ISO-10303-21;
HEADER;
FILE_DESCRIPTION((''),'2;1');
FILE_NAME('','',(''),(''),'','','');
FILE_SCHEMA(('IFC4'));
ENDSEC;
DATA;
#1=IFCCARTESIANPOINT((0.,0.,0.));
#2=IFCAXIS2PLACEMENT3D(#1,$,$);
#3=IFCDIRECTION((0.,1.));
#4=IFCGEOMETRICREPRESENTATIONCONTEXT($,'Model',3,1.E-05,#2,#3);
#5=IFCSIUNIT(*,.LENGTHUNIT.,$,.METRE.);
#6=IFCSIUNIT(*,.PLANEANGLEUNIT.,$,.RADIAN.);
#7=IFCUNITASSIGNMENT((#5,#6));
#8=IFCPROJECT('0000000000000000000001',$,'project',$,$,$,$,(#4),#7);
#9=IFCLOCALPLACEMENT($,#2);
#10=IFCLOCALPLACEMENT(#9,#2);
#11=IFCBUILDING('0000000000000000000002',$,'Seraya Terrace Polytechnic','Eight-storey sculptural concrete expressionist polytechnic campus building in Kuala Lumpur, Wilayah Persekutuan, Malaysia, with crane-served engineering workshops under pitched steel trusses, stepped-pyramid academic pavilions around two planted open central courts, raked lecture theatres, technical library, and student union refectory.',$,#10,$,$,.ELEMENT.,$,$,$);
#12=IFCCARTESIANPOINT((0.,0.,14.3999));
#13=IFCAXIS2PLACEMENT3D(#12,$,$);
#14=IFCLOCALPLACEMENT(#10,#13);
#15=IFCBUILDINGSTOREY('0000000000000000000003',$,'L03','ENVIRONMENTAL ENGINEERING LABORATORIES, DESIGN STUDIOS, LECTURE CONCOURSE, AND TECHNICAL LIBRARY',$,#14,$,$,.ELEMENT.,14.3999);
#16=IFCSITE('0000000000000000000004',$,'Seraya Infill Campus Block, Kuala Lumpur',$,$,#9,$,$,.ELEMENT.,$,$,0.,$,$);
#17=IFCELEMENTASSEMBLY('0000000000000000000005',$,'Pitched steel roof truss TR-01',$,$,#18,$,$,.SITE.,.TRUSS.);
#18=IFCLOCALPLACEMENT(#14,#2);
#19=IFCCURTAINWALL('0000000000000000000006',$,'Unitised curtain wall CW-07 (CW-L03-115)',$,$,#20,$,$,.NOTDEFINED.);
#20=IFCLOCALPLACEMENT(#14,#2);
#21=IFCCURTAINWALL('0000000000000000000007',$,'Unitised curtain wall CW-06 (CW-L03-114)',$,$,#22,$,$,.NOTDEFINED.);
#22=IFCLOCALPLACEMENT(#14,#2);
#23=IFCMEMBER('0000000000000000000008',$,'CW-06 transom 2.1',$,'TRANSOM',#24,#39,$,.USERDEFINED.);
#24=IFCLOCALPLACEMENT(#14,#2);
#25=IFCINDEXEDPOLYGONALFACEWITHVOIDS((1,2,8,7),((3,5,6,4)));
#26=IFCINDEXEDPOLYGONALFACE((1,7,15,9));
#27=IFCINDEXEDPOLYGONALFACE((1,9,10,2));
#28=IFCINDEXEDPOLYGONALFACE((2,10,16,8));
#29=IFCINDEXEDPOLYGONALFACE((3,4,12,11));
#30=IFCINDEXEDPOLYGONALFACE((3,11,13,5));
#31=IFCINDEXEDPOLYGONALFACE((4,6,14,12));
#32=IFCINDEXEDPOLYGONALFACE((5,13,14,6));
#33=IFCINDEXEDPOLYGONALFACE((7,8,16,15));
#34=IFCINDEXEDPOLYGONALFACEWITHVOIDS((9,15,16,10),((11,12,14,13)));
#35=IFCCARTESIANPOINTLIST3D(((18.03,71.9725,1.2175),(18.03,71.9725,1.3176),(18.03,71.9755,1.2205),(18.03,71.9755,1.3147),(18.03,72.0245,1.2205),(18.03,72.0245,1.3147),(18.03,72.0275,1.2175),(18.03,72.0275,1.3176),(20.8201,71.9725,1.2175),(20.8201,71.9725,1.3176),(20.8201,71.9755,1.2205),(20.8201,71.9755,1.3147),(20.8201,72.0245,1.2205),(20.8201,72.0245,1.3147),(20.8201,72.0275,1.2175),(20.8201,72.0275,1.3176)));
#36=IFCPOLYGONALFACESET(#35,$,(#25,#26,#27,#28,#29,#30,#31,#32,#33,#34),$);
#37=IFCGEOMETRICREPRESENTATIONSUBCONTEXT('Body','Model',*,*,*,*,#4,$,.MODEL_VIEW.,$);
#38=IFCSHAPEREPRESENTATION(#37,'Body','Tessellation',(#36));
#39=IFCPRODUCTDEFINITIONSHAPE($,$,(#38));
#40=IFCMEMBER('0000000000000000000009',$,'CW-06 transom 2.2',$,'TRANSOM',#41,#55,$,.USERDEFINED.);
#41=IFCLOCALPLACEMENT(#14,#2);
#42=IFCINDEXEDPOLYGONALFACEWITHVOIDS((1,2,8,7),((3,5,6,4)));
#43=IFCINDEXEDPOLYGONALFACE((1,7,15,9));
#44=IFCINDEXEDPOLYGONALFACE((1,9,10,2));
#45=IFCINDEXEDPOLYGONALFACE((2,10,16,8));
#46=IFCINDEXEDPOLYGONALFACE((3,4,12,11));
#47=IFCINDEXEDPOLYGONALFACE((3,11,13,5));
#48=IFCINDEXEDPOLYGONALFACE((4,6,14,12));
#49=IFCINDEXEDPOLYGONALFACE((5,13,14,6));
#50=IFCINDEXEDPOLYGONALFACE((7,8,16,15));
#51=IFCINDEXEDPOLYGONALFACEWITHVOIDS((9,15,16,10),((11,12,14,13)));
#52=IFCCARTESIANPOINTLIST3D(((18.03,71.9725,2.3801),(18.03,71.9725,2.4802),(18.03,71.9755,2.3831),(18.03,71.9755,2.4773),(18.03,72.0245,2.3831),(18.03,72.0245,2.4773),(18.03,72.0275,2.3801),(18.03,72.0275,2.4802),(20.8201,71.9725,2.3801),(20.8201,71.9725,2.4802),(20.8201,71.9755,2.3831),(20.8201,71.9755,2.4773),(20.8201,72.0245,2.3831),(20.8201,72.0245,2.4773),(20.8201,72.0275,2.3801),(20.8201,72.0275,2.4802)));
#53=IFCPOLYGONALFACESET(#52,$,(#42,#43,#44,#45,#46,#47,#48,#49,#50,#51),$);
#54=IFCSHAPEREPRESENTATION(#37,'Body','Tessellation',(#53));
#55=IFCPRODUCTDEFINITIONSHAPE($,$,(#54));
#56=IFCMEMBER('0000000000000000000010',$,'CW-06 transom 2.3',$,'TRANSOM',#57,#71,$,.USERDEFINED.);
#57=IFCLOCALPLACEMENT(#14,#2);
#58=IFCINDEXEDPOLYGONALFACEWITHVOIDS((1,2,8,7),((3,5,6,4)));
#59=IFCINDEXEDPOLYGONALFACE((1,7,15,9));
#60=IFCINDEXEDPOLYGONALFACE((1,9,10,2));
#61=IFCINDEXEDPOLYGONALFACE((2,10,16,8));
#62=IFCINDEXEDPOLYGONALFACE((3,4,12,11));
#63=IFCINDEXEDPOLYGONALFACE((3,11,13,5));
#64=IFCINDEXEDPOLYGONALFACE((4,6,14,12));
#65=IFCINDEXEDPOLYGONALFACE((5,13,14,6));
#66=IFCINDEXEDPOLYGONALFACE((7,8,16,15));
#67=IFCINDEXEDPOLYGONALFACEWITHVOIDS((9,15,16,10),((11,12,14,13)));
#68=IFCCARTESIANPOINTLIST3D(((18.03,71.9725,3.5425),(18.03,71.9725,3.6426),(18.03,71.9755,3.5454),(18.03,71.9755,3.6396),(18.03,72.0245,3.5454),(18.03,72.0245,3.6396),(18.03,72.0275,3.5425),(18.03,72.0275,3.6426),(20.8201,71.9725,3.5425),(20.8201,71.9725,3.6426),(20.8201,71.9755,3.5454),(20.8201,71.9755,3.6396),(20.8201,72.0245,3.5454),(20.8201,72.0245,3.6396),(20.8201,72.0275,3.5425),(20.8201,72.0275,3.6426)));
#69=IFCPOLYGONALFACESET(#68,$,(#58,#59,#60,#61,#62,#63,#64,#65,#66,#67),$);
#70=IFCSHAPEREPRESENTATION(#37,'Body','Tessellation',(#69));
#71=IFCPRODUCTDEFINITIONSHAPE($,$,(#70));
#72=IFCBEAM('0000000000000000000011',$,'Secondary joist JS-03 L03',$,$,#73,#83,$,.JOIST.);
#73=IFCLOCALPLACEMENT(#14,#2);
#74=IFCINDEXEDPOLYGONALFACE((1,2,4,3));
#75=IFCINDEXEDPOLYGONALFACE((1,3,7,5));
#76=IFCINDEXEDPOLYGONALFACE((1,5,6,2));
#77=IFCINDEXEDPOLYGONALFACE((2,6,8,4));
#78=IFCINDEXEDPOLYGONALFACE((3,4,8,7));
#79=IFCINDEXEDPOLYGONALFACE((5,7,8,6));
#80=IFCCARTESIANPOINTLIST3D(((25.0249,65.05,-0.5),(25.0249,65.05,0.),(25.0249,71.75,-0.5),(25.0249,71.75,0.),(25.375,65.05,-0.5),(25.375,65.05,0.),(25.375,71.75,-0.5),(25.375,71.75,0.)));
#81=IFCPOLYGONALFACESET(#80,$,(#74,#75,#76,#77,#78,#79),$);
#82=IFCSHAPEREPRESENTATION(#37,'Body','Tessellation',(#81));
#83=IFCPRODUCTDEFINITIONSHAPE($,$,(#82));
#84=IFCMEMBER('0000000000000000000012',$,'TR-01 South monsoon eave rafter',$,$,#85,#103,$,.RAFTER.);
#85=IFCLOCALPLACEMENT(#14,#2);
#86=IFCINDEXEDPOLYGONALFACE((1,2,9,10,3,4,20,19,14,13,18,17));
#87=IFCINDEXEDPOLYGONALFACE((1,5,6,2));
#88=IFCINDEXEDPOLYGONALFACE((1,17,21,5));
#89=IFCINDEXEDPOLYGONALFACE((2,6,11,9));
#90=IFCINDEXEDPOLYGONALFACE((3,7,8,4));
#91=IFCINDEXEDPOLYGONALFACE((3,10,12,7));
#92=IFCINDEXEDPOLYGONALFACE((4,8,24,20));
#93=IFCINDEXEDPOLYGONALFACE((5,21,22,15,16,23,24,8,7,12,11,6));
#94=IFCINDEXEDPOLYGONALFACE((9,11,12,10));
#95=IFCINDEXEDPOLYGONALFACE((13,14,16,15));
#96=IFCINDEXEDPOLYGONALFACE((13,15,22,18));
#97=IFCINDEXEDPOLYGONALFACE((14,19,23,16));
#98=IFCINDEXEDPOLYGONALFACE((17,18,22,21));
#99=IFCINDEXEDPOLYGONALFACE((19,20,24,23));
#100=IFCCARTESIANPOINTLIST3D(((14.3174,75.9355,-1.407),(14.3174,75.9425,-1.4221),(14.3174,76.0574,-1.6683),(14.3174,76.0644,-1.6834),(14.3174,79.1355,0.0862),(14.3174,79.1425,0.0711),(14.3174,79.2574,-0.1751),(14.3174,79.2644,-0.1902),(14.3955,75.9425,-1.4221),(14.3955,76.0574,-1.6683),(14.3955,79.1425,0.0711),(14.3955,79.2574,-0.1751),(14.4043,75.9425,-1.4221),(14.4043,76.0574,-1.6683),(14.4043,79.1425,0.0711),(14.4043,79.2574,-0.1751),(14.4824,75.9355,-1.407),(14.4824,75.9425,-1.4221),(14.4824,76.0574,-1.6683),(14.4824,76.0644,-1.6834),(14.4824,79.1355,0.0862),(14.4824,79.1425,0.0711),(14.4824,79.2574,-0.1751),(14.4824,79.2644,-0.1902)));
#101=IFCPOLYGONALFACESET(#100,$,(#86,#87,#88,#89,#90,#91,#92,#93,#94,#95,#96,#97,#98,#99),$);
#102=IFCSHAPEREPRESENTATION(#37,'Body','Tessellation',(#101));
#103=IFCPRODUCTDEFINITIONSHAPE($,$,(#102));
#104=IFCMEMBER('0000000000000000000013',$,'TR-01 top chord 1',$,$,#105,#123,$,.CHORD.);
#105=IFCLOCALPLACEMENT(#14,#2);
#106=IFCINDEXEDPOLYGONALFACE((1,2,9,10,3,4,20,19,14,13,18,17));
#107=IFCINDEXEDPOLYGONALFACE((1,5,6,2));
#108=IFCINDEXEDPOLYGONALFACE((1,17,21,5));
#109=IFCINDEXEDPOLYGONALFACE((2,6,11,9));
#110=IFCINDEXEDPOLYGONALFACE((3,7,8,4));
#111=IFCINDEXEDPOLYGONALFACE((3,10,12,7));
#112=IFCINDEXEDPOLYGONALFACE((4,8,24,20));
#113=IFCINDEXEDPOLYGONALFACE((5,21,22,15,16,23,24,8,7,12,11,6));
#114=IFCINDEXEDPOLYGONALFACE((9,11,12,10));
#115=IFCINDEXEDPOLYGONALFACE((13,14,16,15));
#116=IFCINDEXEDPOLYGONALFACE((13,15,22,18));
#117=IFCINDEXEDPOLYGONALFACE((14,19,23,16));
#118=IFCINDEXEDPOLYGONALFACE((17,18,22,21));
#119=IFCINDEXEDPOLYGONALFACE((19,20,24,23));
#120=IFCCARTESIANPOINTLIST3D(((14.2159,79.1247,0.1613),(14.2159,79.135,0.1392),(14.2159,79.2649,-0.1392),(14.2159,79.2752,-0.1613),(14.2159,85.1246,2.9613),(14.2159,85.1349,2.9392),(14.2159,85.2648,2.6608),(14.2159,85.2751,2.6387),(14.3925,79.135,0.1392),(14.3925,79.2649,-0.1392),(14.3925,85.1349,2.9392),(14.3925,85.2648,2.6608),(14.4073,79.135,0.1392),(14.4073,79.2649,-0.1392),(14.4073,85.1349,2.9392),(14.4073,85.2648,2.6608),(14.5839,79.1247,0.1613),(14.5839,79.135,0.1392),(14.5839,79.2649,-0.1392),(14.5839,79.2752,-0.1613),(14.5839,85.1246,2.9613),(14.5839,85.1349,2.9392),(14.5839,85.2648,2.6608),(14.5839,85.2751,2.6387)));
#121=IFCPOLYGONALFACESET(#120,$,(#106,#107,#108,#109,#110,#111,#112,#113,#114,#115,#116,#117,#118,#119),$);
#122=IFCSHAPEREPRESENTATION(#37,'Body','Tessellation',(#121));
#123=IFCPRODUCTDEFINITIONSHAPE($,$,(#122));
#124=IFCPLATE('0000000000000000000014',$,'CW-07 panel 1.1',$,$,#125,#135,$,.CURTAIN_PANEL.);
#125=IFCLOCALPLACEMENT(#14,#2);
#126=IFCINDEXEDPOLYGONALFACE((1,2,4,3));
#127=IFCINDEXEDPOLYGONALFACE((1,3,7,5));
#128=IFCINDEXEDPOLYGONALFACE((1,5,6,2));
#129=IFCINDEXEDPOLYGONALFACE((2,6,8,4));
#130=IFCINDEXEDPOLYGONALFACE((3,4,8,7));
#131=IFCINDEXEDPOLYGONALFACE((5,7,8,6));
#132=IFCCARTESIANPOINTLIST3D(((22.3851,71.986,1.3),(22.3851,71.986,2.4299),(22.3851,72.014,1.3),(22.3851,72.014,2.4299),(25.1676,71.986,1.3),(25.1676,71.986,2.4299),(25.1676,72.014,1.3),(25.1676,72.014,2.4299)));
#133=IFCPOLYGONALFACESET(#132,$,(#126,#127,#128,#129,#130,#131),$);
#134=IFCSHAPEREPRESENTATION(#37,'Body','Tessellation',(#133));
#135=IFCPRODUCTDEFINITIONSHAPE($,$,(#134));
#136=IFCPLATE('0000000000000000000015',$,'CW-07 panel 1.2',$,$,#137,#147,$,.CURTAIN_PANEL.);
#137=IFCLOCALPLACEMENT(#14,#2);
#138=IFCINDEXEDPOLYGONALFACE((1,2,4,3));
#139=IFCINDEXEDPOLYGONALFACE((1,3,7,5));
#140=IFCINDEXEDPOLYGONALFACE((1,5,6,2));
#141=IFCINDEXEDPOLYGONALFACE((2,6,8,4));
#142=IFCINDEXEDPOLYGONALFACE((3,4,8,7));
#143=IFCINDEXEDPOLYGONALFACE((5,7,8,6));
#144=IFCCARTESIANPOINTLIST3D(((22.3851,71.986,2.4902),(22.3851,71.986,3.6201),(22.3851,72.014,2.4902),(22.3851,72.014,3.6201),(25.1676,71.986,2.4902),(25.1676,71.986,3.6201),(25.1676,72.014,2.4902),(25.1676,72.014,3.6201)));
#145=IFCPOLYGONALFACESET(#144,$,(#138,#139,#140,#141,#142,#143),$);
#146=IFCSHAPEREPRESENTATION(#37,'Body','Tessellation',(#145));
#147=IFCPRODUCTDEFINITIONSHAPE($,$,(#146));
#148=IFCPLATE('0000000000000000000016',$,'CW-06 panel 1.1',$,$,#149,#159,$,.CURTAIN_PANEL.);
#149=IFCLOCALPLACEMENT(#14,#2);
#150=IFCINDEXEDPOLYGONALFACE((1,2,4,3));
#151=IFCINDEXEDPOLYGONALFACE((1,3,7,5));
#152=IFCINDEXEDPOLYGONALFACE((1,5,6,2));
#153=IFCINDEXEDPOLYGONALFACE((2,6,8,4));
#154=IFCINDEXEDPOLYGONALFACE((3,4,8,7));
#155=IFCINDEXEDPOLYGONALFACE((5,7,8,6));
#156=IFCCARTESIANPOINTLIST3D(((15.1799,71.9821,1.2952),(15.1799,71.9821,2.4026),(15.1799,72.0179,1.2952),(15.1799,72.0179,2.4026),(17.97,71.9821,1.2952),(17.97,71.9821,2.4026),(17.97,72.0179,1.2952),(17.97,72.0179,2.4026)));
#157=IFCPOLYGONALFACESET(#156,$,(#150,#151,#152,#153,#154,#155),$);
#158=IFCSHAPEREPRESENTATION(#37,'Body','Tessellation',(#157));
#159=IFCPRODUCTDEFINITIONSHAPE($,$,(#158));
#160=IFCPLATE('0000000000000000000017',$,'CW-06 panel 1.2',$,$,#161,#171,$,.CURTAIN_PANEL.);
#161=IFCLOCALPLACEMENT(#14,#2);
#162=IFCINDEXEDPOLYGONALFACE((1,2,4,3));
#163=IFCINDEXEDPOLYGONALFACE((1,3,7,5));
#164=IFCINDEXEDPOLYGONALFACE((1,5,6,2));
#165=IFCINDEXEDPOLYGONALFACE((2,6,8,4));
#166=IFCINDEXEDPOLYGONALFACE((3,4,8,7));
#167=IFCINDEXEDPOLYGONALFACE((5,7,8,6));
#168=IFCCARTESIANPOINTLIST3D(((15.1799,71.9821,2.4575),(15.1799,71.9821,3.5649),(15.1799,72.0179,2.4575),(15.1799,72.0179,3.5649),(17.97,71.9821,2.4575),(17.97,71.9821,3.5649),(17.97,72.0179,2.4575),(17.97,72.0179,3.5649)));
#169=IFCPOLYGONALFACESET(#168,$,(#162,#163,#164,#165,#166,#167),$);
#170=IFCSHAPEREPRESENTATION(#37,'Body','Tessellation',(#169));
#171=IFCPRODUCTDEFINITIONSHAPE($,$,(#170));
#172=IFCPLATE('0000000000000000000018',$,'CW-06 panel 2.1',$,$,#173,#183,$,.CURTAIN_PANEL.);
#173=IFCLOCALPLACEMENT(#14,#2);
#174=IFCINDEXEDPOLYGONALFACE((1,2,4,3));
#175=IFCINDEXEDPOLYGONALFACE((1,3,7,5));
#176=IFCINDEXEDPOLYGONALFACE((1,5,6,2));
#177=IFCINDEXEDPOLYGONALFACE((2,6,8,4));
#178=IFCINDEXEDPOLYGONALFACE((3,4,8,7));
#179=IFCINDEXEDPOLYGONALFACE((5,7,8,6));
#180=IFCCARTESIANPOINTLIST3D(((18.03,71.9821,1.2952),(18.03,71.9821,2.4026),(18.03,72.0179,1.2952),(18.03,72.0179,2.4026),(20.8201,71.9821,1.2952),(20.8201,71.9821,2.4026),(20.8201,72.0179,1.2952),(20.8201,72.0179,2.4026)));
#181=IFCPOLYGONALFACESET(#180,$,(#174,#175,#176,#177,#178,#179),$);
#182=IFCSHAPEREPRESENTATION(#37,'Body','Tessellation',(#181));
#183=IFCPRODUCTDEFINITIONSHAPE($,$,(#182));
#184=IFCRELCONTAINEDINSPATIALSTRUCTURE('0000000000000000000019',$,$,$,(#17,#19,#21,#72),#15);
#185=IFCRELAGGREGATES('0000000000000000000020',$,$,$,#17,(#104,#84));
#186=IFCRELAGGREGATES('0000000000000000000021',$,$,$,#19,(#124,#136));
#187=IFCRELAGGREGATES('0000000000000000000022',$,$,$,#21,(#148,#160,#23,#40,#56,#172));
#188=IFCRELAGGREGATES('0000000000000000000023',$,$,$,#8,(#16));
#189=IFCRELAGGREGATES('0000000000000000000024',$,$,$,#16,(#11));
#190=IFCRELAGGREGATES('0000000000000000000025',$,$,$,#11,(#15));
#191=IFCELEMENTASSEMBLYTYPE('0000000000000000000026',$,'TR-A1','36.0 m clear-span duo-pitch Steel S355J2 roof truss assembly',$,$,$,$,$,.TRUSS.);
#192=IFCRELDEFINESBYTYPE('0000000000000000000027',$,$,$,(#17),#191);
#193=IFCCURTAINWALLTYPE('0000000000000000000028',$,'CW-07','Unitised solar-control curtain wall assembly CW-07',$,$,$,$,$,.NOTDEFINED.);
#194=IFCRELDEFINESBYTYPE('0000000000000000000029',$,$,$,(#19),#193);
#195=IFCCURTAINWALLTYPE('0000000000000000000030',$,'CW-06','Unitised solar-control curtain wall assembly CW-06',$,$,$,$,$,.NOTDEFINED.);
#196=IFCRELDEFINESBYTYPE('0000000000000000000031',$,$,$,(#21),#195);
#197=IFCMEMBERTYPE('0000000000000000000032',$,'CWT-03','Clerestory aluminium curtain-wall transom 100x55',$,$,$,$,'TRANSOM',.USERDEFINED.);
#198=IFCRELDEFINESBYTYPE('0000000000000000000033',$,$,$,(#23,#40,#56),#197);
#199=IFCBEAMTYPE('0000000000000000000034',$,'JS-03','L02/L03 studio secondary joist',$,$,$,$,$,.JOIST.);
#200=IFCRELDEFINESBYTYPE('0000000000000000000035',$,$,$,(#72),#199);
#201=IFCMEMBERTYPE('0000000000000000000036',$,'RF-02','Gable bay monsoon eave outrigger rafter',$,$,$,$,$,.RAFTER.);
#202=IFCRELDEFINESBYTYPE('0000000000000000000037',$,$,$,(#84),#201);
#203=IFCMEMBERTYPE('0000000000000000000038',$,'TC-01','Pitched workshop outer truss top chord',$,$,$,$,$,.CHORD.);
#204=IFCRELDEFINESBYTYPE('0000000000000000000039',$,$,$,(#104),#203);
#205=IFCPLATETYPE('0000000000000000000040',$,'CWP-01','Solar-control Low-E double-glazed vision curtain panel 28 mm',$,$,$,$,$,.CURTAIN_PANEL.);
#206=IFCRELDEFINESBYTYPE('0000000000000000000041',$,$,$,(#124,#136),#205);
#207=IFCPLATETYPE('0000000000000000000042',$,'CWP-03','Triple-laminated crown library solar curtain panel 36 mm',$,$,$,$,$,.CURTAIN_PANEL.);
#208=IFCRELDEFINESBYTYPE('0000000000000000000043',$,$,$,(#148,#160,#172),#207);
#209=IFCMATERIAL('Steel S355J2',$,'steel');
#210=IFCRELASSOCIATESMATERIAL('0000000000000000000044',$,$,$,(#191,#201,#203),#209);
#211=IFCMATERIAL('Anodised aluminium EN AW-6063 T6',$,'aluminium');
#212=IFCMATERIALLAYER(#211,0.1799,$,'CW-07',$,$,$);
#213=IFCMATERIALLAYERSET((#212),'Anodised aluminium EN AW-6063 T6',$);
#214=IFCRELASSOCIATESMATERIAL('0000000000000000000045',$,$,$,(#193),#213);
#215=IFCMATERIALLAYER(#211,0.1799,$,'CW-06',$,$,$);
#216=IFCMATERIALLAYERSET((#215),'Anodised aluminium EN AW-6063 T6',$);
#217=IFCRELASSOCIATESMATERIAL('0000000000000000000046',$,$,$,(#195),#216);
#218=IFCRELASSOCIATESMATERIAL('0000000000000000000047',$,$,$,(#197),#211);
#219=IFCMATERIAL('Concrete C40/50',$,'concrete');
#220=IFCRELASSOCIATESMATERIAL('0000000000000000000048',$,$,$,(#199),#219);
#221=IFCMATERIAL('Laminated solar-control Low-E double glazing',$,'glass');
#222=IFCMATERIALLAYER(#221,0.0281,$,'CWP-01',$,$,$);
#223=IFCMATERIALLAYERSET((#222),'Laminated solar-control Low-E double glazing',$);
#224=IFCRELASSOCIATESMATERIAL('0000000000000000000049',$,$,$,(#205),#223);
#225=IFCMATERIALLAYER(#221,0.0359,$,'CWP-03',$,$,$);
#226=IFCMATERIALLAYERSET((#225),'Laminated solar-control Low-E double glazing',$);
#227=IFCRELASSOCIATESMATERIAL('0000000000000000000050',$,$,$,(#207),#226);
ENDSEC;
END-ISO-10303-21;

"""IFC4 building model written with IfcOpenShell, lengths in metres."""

from ifc_helpers import new_model, si_unit, direction, frame, origin, origin_2d, place, context, subcontext, project, spatial, rectangle, hollow_rectangle, i_section, extrude, material, layer, layer_set, material_profile, profile_set, type_object, element, aggregate, save


model = new_model("IFC4")

# Units and contexts
model_context = context("Model", 3, precision=1e-05, world=origin(), true_north=direction((0.0, 1.0)))
body_context = subcontext(model_context, "Body", "Model", "MODEL_VIEW")
ifc_project = project(units=[si_unit("LENGTHUNIT", "METRE"), si_unit("PLANEANGLEUNIT", "RADIAN")], contexts=[model_context])

# Site, building, storey
site_placement = place(None, origin())
site = spatial("IfcSite", under=ifc_project, at=site_placement, Name="Seraya Infill Campus Block, Kuala Lumpur", CompositionType="ELEMENT", RefElevation=0.0)
building_placement = place(site_placement, origin())
building = spatial("IfcBuilding", under=site, at=building_placement, Name="Seraya Terrace Polytechnic", Description="Eight-storey sculptural concrete expressionist polytechnic campus building in Kuala Lumpur, Wilayah Persekutuan, Malaysia, with crane-served engineering workshops under pitched steel trusses, stepped-pyramid academic pavilions around two planted open central courts, raked lecture theatres, technical library, and student union refectory.", CompositionType="ELEMENT")
storey_placement = place(building_placement, frame((0.0, 0.0, 14.3999)))
storey = spatial("IfcBuildingStorey", under=building, at=storey_placement, Name="L03", Description="ENVIRONMENTAL ENGINEERING LABORATORIES, DESIGN STUDIOS, LECTURE CONCOURSE, AND TECHNICAL LIBRARY", CompositionType="ELEMENT", Elevation=14.3999)

# Shared definitions
ifc_material_1 = material(Name="Concrete C40/50", Category="concrete")

# Element assembly
ifc_material_2 = material(Name="Steel S355J2", Category="steel")
element_assembly_type = type_object("IfcElementAssemblyType", Name="TR-A1", Description="36.0 m clear-span duo-pitch Steel S355J2 roof truss assembly", PredefinedType="TRUSS", material=ifc_material_2)
assembly_placement = place(storey_placement, origin())
assembly = element("IfcElementAssembly", 1, at=assembly_placement, inside=storey, type_object=element_assembly_type, Name="Pitched steel roof truss TR-01", AssemblyPlace="SITE", PredefinedType="TRUSS")

# Curtain walls
ifc_material_3 = material(Name="Anodised aluminium EN AW-6063 T6", Category="aluminium")
ifc_layer_1 = layer(ifc_material_3, 0.1799, Name="CW-07")
ifc_layer_set_1 = layer_set([ifc_layer_1], Name="Anodised aluminium EN AW-6063 T6")
curtain_wall_type_1 = type_object("IfcCurtainWallType", Name="CW-07", Description="Unitised solar-control curtain wall assembly CW-07", PredefinedType="NOTDEFINED", material=ifc_layer_set_1)
curtain_wall_1_placement = place(storey_placement, origin())
curtain_wall_1 = element("IfcCurtainWall", 2, at=curtain_wall_1_placement, inside=storey, type_object=curtain_wall_type_1, Name="Unitised curtain wall CW-07 (CW-L03-115)", PredefinedType="NOTDEFINED")
ifc_layer_2 = layer(ifc_material_3, 0.1799, Name="CW-06")
ifc_layer_set_2 = layer_set([ifc_layer_2], Name="Anodised aluminium EN AW-6063 T6")
curtain_wall_type_2 = type_object("IfcCurtainWallType", Name="CW-06", Description="Unitised solar-control curtain wall assembly CW-06", PredefinedType="NOTDEFINED", material=ifc_layer_set_2)
curtain_wall_2_placement = place(storey_placement, origin())
curtain_wall_2 = element("IfcCurtainWall", 3, at=curtain_wall_2_placement, inside=storey, type_object=curtain_wall_type_2, Name="Unitised curtain wall CW-06 (CW-L03-114)", PredefinedType="NOTDEFINED")

# Members
ifc_material_profile_1 = material_profile(ifc_material_3, hollow_rectangle(XDim=0.0549, YDim=0.1001, WallThickness=0.0029, at=origin_2d()), Name="RHS 100x55x3.0")
ifc_profile_set_1 = profile_set([ifc_material_profile_1], Name="Anodised aluminium EN AW-6063 T6")
member_type_1 = type_object("IfcMemberType", Name="CWT-03", Description="Clerestory aluminium curtain-wall transom 100x55", ElementType="TRANSOM", PredefinedType="USERDEFINED", material=ifc_profile_set_1)
member_1_placement = place(storey_placement, frame((18.03, 72.0, 1.2676), z_axis=(1.0, 0.0, 0.0), x_axis=(0.0, 1.0, 0.0)))
member_1 = element("IfcMember", 4, at=member_1_placement, type_object=member_type_1, Name="CW-06 transom 2.1", ObjectType="TRANSOM", PredefinedType="USERDEFINED", context=body_context, shape_type="SweptSolid", body=[
    extrude(hollow_rectangle(XDim=0.0549, YDim=0.1001, WallThickness=0.0029, at=origin_2d()), origin(), (0.0, 0.0, 1.0), 2.79),
])
member_2_placement = place(storey_placement, frame((18.03, 72.0, 2.4302), z_axis=(1.0, 0.0, 0.0), x_axis=(0.0, 1.0, 0.0)))
member_2 = element("IfcMember", 5, at=member_2_placement, type_object=member_type_1, Name="CW-06 transom 2.2", ObjectType="TRANSOM", PredefinedType="USERDEFINED", context=body_context, shape_type="SweptSolid", body=[
    extrude(hollow_rectangle(XDim=0.0549, YDim=0.1001, WallThickness=0.0029, at=origin_2d()), origin(), (0.0, 0.0, 1.0), 2.79),
])
member_3_placement = place(storey_placement, frame((18.03, 72.0, 3.5925), z_axis=(1.0, 0.0, 0.0), x_axis=(0.0, 1.0, 0.0)))
member_3 = element("IfcMember", 6, at=member_3_placement, type_object=member_type_1, Name="CW-06 transom 2.3", ObjectType="TRANSOM", PredefinedType="USERDEFINED", context=body_context, shape_type="SweptSolid", body=[
    extrude(hollow_rectangle(XDim=0.0549, YDim=0.1001, WallThickness=0.0029, at=origin_2d()), origin(), (0.0, 0.0, 1.0), 2.79),
])

# Beam
ifc_material_profile_2 = material_profile(ifc_material_1, rectangle(XDim=0.3501, YDim=0.5, at=origin_2d()), Name="RC 350x500")
ifc_profile_set_2 = profile_set([ifc_material_profile_2], Name="Concrete C40/50")
beam_type_1 = type_object("IfcBeamType", Name="JS-03", Description="L02/L03 studio secondary joist", PredefinedType="JOIST", material=ifc_profile_set_2)
beam_1_placement = place(storey_placement, frame((25.2, 65.05, -0.25), z_axis=(0.0, 1.0, 0.0), x_axis=(-1.0, 0.0, 0.0)))
element("IfcBeam", 7, at=beam_1_placement, inside=storey, type_object=beam_type_1, Name="Secondary joist JS-03 L03", PredefinedType="JOIST", context=body_context, shape_type="SweptSolid", body=[
    extrude(rectangle(XDim=0.3501, YDim=0.5, at=origin_2d()), origin(), (0.0, 0.0, 1.0), 6.7),
])

# Members
ifc_material_profile_3 = material_profile(ifc_material_2, i_section(OverallWidth=0.165, OverallDepth=0.3049, WebThickness=0.0088, FlangeThickness=0.0166, at=origin_2d()), Name="UKB 305x165x8.9x16.7")
ifc_profile_set_3 = profile_set([ifc_material_profile_3], Name="Steel S355J2")
member_type_2 = type_object("IfcMemberType", Name="RF-02", Description="Gable bay monsoon eave outrigger rafter", PredefinedType="RAFTER", material=ifc_profile_set_3)
member_4_placement = place(storey_placement, frame((14.3999, 79.2, -0.052), z_axis=(0.0, -0.906199, -0.422851), x_axis=(1.0, 0.0, 0.0)))
member_4 = element("IfcMember", 8, at=member_4_placement, type_object=member_type_2, Name="TR-01 South monsoon eave rafter", PredefinedType="RAFTER", context=body_context, shape_type="SweptSolid", body=[
    extrude(i_section(OverallWidth=0.165, OverallDepth=0.3049, WebThickness=0.0088, FlangeThickness=0.0166, at=origin_2d()), origin(), (0.0, 0.0, 1.0), 3.5312),
])
ifc_material_profile_4 = material_profile(ifc_material_2, i_section(OverallWidth=0.3679, OverallDepth=0.356, WebThickness=0.0149, FlangeThickness=0.0244, at=origin_2d()), Name="UKC 356x368x15.0x24.4")
ifc_profile_set_4 = profile_set([ifc_material_profile_4], Name="Steel S355J2")
member_type_3 = type_object("IfcMemberType", Name="TC-01", Description="Pitched workshop outer truss top chord", PredefinedType="CHORD", material=ifc_profile_set_4)
member_5_placement = place(storey_placement, frame((14.3999, 79.2, 0.0), z_axis=(0.0, 0.90618, 0.422892), x_axis=(-1.0, 0.0, 0.0)))
member_5 = element("IfcMember", 9, at=member_5_placement, type_object=member_type_3, Name="TR-01 top chord 1", PredefinedType="CHORD", context=body_context, shape_type="SweptSolid", body=[
    extrude(i_section(OverallWidth=0.3679, OverallDepth=0.356, WebThickness=0.0149, FlangeThickness=0.0244, at=origin_2d()), origin(), (0.0, 0.0, 1.0), 6.6211),
])
aggregate(assembly, [member_5, member_4])

# Plates
ifc_material_4 = material(Name="Laminated solar-control Low-E double glazing", Category="glass")
ifc_layer_3 = layer(ifc_material_4, 0.0281, Name="CWP-01")
ifc_layer_set_3 = layer_set([ifc_layer_3], Name="Laminated solar-control Low-E double glazing")
plate_type_1 = type_object("IfcPlateType", Name="CWP-01", Description="Solar-control Low-E double-glazed vision curtain panel 28 mm", PredefinedType="CURTAIN_PANEL", material=ifc_layer_set_3)
plate_1_placement = place(storey_placement, frame((23.7764, 72.0, 1.3), z_axis=(0.0, 0.0, 1.0), x_axis=(1.0, 0.0, 0.0)))
plate_1 = element("IfcPlate", 10, at=plate_1_placement, type_object=plate_type_1, Name="CW-07 panel 1.1", PredefinedType="CURTAIN_PANEL", context=body_context, shape_type="SweptSolid", body=[
    extrude(rectangle(XDim=2.7825, YDim=0.0281, at=origin_2d()), origin(), (0.0, 0.0, 1.0), 1.1299),
])
plate_2_placement = place(storey_placement, frame((23.7764, 72.0, 2.4902), z_axis=(0.0, 0.0, 1.0), x_axis=(1.0, 0.0, 0.0)))
plate_2 = element("IfcPlate", 11, at=plate_2_placement, type_object=plate_type_1, Name="CW-07 panel 1.2", PredefinedType="CURTAIN_PANEL", context=body_context, shape_type="SweptSolid", body=[
    extrude(rectangle(XDim=2.7825, YDim=0.0281, at=origin_2d()), origin(), (0.0, 0.0, 1.0), 1.1299),
])
aggregate(curtain_wall_1, [plate_1, plate_2])
ifc_layer_4 = layer(ifc_material_4, 0.0359, Name="CWP-03")
ifc_layer_set_4 = layer_set([ifc_layer_4], Name="Laminated solar-control Low-E double glazing")
plate_type_2 = type_object("IfcPlateType", Name="CWP-03", Description="Triple-laminated crown library solar curtain panel 36 mm", PredefinedType="CURTAIN_PANEL", material=ifc_layer_set_4)
plate_3_placement = place(storey_placement, frame((16.575, 72.0, 1.2952), z_axis=(0.0, 0.0, 1.0), x_axis=(1.0, 0.0, 0.0)))
plate_3 = element("IfcPlate", 12, at=plate_3_placement, type_object=plate_type_2, Name="CW-06 panel 1.1", PredefinedType="CURTAIN_PANEL", context=body_context, shape_type="SweptSolid", body=[
    extrude(rectangle(XDim=2.79, YDim=0.0359, at=origin_2d()), origin(), (0.0, 0.0, 1.0), 1.1074),
])
plate_4_placement = place(storey_placement, frame((16.575, 72.0, 2.4575), z_axis=(0.0, 0.0, 1.0), x_axis=(1.0, 0.0, 0.0)))
plate_4 = element("IfcPlate", 13, at=plate_4_placement, type_object=plate_type_2, Name="CW-06 panel 1.2", PredefinedType="CURTAIN_PANEL", context=body_context, shape_type="SweptSolid", body=[
    extrude(rectangle(XDim=2.79, YDim=0.0359, at=origin_2d()), origin(), (0.0, 0.0, 1.0), 1.1074),
])
plate_5_placement = place(storey_placement, frame((19.425, 72.0, 1.2952), z_axis=(0.0, 0.0, 1.0), x_axis=(1.0, 0.0, 0.0)))
plate_5 = element("IfcPlate", 14, at=plate_5_placement, type_object=plate_type_2, Name="CW-06 panel 2.1", PredefinedType="CURTAIN_PANEL", context=body_context, shape_type="SweptSolid", body=[
    extrude(rectangle(XDim=2.79, YDim=0.0359, at=origin_2d()), origin(), (0.0, 0.0, 1.0), 1.1074),
])
aggregate(curtain_wall_2, [plate_3, plate_4, member_1, member_2, member_3, plate_5])

save(model, "model.ifc")
